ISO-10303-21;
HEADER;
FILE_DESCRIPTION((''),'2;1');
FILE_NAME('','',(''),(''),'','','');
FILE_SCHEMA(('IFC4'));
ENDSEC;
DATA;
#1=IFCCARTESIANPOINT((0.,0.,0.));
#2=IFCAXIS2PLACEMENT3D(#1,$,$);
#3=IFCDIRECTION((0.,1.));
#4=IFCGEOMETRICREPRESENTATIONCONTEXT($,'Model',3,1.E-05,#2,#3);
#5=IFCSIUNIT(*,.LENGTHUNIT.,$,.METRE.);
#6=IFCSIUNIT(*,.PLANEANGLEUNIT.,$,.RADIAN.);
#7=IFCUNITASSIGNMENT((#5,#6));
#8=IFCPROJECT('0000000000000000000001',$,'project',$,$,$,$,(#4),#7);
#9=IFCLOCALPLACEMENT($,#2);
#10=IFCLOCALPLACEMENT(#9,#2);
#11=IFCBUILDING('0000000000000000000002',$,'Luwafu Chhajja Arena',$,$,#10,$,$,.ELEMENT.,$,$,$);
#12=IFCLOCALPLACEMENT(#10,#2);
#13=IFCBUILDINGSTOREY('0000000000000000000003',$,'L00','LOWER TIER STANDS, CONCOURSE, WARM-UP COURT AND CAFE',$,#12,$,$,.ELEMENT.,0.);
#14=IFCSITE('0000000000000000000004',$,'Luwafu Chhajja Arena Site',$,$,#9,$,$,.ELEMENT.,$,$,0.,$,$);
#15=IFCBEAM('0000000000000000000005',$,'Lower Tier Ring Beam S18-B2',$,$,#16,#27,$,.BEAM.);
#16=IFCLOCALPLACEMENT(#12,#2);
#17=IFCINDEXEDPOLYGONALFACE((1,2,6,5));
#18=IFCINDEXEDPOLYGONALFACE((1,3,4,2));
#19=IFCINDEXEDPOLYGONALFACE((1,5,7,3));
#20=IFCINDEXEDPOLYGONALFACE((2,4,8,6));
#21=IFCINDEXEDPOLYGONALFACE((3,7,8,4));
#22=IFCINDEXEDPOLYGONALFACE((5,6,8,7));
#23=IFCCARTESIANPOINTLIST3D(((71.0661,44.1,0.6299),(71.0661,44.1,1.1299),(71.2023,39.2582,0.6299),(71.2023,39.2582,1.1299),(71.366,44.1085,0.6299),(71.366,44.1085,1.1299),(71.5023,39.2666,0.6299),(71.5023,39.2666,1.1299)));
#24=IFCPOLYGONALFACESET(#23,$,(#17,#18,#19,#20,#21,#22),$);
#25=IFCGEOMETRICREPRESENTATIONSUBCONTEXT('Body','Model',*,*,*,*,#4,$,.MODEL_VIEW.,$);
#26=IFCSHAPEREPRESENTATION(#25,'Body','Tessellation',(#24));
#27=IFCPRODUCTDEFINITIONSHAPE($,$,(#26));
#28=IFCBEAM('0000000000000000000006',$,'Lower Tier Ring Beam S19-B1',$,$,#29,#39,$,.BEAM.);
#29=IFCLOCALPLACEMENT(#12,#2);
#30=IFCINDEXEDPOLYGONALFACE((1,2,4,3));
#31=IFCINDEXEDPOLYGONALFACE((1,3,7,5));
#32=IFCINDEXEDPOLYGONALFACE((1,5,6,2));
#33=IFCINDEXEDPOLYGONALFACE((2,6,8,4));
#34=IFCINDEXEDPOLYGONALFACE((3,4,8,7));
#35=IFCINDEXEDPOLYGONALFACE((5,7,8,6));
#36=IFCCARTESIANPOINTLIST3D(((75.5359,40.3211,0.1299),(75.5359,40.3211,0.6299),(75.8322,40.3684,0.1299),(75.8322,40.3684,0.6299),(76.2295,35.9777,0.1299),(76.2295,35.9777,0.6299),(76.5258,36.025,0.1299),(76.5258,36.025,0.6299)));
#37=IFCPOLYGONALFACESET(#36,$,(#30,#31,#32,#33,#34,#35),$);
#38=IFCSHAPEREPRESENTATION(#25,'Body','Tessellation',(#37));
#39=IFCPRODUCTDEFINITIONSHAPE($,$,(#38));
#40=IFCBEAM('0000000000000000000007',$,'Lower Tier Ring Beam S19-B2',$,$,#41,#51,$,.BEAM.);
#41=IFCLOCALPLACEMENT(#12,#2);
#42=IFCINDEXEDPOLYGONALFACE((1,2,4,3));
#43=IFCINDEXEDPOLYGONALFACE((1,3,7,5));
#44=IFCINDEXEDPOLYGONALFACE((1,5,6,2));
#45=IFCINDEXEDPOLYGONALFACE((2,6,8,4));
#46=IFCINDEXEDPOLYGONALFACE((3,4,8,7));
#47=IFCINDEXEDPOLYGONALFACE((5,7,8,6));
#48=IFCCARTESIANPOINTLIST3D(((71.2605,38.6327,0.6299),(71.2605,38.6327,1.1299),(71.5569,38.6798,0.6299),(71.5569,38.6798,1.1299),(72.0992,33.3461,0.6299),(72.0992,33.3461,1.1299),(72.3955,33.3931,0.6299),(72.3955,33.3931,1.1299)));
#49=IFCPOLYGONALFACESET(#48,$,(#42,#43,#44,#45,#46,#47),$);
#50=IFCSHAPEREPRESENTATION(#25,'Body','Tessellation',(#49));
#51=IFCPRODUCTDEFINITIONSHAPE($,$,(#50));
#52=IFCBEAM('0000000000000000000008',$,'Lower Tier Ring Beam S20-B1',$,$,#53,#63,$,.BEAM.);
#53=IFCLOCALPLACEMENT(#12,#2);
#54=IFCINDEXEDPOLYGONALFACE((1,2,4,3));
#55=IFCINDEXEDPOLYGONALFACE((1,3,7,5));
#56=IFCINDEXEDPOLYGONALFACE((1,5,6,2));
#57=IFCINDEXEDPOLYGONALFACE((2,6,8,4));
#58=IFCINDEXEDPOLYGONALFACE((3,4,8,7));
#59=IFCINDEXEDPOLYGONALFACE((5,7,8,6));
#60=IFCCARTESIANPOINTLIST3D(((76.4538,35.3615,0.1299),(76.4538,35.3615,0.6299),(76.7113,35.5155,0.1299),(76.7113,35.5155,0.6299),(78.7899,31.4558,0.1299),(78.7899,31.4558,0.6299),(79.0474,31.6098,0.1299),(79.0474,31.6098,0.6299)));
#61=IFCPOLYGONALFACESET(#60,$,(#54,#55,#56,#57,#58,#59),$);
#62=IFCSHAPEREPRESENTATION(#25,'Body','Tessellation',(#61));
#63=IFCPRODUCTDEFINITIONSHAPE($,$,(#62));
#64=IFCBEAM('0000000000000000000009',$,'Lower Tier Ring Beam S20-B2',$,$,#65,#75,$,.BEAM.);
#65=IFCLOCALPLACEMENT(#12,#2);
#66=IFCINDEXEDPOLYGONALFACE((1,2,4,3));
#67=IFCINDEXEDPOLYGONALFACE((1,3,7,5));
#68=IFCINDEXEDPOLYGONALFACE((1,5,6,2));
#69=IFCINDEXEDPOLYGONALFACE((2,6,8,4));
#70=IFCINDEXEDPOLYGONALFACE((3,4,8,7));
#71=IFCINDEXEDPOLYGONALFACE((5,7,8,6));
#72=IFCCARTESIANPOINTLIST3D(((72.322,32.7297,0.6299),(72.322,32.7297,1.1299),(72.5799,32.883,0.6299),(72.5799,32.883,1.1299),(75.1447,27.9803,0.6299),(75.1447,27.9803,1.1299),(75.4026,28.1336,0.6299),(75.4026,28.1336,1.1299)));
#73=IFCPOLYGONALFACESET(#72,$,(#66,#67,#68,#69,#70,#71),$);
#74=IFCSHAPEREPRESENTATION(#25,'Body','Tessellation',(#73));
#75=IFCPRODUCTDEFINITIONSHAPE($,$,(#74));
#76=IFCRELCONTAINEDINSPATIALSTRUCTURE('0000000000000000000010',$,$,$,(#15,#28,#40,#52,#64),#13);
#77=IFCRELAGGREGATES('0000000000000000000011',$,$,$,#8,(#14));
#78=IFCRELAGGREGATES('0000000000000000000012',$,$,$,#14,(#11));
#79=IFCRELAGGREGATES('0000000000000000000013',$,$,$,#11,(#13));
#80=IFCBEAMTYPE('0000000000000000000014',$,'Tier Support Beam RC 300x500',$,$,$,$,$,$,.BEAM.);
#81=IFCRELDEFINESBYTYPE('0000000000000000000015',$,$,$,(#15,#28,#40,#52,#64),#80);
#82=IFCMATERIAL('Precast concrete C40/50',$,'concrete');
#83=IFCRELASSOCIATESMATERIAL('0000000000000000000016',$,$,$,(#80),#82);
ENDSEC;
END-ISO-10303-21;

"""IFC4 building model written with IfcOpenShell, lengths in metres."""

from ifc_helpers import new_model, si_unit, direction, frame, origin, origin_2d, place, context, subcontext, project, spatial, rectangle, extrude, material, material_profile, profile_set, type_object, element, save


model = new_model("IFC4")

# Units and contexts
model_context = context("Model", 3, precision=1e-05, world=origin(), true_north=direction((0.0, 1.0)))
body_context = subcontext(model_context, "Body", "Model", "MODEL_VIEW")
ifc_project = project(units=[si_unit("LENGTHUNIT", "METRE"), si_unit("PLANEANGLEUNIT", "RADIAN")], contexts=[model_context])

# Site, building, storey
site_placement = place(None, origin())
site = spatial("IfcSite", under=ifc_project, at=site_placement, Name="Luwafu Chhajja Arena Site", CompositionType="ELEMENT", RefElevation=0.0)
building_placement = place(site_placement, origin())
building = spatial("IfcBuilding", under=site, at=building_placement, Name="Luwafu Chhajja Arena", CompositionType="ELEMENT")
storey_placement = place(building_placement, origin())
storey = spatial("IfcBuildingStorey", under=building, at=storey_placement, Name="L00", Description="LOWER TIER STANDS, CONCOURSE, WARM-UP COURT AND CAFE", CompositionType="ELEMENT", Elevation=0.0)

# Beams
ifc_material_1 = material(Name="Precast concrete C40/50", Category="concrete")
ifc_material_profile_1 = material_profile(ifc_material_1, rectangle(XDim=0.3, YDim=0.5, at=origin_2d()), Name="RC 300x500")
ifc_profile_set_1 = profile_set([ifc_material_profile_1], Name="Precast concrete C40/50")
beam_type_1 = type_object("IfcBeamType", Name="Tier Support Beam RC 300x500", PredefinedType="BEAM", material=ifc_profile_set_1)
beam_1_placement = place(storey_placement, frame((71.2161, 44.1042, 0.8799), z_axis=(0.028125, -0.999604, 0.0), x_axis=(0.999604, 0.028125, 0.0)))
element("IfcBeam", 1, at=beam_1_placement, inside=storey, type_object=beam_type_1, Name="Lower Tier Ring Beam S18-B2", PredefinedType="BEAM", context=body_context, shape_type="SweptSolid", body=[
    extrude(rectangle(XDim=0.3, YDim=0.5, at=origin_2d()), origin(), (0.0, 0.0, 1.0), 4.8438),
])
beam_2_placement = place(storey_placement, frame((75.6841, 40.3447, 0.3799), z_axis=(0.15769, -0.987489, 0.0), x_axis=(0.987489, 0.15769, 0.0)))
element("IfcBeam", 2, at=beam_2_placement, inside=storey, type_object=beam_type_1, Name="Lower Tier Ring Beam S19-B1", PredefinedType="BEAM", context=body_context, shape_type="SweptSolid", body=[
    extrude(rectangle(XDim=0.3, YDim=0.5, at=origin_2d()), origin(), (0.0, 0.0, 1.0), 4.3984),
])
beam_3_placement = place(storey_placement, frame((71.4087, 38.6562, 0.8799), z_axis=(0.156672, -0.987651, 0.0), x_axis=(0.987651, 0.156672, 0.0)))
element("IfcBeam", 3, at=beam_3_placement, inside=storey, type_object=beam_type_1, Name="Lower Tier Ring Beam S19-B2", PredefinedType="BEAM", context=body_context, shape_type="SweptSolid", body=[
    extrude(rectangle(XDim=0.3, YDim=0.5, at=origin_2d()), origin(), (0.0, 0.0, 1.0), 5.3528),
])
beam_4_placement = place(storey_placement, frame((76.5825, 35.4385, 0.3799), z_axis=(0.51332, -0.858197, 0.0), x_axis=(0.858197, 0.51332, 0.0)))
element("IfcBeam", 4, at=beam_4_placement, inside=storey, type_object=beam_type_1, Name="Lower Tier Ring Beam S20-B1", PredefinedType="BEAM", context=body_context, shape_type="SweptSolid", body=[
    extrude(rectangle(XDim=0.3, YDim=0.5, at=origin_2d()), origin(), (0.0, 0.0, 1.0), 4.551),
])
beam_5_placement = place(storey_placement, frame((72.4509, 32.8064, 0.8799), z_axis=(0.510904, -0.859638, 0.0), x_axis=(0.859638, 0.510904, 0.0)))
element("IfcBeam", 5, at=beam_5_placement, inside=storey, type_object=beam_type_1, Name="Lower Tier Ring Beam S20-B2", PredefinedType="BEAM", context=body_context, shape_type="SweptSolid", body=[
    extrude(rectangle(XDim=0.3, YDim=0.5, at=origin_2d()), origin(), (0.0, 0.0, 1.0), 5.5249),
])

save(model, "model.ifc")
